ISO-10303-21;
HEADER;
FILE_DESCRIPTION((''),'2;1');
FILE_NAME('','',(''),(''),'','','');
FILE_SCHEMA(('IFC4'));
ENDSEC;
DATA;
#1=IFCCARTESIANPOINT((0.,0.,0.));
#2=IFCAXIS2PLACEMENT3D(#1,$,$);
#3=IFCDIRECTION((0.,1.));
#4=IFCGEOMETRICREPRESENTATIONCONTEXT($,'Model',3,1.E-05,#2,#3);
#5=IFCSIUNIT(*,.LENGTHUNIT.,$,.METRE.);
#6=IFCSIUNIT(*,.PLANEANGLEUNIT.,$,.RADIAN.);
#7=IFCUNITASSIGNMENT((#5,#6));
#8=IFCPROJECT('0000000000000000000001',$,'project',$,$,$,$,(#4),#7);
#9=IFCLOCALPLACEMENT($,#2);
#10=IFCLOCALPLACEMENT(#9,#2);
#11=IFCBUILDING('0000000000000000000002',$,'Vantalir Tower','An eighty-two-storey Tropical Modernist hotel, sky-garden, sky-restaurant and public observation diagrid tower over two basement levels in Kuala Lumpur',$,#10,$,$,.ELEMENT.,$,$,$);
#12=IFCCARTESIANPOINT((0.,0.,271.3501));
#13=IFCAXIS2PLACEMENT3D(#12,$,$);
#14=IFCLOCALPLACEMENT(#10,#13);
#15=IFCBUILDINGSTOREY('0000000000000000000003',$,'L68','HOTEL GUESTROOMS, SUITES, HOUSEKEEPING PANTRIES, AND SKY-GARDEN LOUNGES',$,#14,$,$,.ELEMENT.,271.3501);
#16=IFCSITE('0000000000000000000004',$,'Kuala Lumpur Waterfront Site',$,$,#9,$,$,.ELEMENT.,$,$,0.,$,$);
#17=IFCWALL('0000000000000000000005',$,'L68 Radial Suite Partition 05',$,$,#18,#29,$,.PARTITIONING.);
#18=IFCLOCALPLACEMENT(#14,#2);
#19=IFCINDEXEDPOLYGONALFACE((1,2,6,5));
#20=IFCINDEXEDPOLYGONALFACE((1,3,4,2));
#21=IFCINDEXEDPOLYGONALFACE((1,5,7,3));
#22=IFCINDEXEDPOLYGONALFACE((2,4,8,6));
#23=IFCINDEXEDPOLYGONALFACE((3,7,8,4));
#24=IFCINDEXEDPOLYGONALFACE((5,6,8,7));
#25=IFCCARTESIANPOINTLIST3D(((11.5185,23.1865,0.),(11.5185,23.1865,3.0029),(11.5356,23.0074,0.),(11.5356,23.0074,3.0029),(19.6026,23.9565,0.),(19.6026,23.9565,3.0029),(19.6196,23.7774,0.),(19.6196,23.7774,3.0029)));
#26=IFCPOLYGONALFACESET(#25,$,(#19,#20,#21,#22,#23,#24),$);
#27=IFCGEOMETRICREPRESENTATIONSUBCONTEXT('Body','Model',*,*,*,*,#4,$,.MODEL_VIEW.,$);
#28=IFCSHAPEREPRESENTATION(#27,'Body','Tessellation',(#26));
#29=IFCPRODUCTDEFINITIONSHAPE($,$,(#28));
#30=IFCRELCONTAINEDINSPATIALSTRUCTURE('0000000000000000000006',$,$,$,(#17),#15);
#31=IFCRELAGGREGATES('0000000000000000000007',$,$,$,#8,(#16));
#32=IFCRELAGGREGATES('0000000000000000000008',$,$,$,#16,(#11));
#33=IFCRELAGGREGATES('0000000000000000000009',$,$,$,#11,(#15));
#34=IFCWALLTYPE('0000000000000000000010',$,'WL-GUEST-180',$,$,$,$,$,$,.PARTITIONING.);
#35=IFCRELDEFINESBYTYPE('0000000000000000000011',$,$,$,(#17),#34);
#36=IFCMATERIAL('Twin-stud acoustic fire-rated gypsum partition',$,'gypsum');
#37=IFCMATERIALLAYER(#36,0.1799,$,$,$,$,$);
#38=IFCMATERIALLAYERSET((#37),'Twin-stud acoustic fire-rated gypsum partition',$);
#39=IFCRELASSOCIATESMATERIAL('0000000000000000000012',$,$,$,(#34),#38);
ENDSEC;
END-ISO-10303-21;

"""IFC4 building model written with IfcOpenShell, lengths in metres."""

from ifc_helpers import new_model, si_unit, direction, frame, frame_2d, origin, place, context, subcontext, project, spatial, rectangle, extrude, material, layer, layer_set, type_object, element, save


model = new_model("IFC4")

# Units and contexts
model_context = context("Model", 3, precision=1e-05, world=origin(), true_north=direction((0.0, 1.0)))
body_context = subcontext(model_context, "Body", "Model", "MODEL_VIEW")
ifc_project = project(units=[si_unit("LENGTHUNIT", "METRE"), si_unit("PLANEANGLEUNIT", "RADIAN")], contexts=[model_context])

# Site, building, storey
site_placement = place(None, origin())
site = spatial("IfcSite", under=ifc_project, at=site_placement, Name="Kuala Lumpur Waterfront Site", CompositionType="ELEMENT", RefElevation=0.0)
building_placement = place(site_placement, origin())
building = spatial("IfcBuilding", under=site, at=building_placement, Name="Vantalir Tower", Description="An eighty-two-storey Tropical Modernist hotel, sky-garden, sky-restaurant and public observation diagrid tower over two basement levels in Kuala Lumpur", CompositionType="ELEMENT")
storey_placement = place(building_placement, frame((0.0, 0.0, 271.3501)))
storey = spatial("IfcBuildingStorey", under=building, at=storey_placement, Name="L68", Description="HOTEL GUESTROOMS, SUITES, HOUSEKEEPING PANTRIES, AND SKY-GARDEN LOUNGES", CompositionType="ELEMENT", Elevation=271.3501)

# Wall
ifc_material_1 = material(Name="Twin-stud acoustic fire-rated gypsum partition", Category="gypsum")
ifc_layer_1 = layer(ifc_material_1, 0.1799)
ifc_layer_set_1 = layer_set([ifc_layer_1], Name="Twin-stud acoustic fire-rated gypsum partition")
wall_type_1 = type_object("IfcWallType", Name="WL-GUEST-180", PredefinedType="PARTITIONING", material=ifc_layer_set_1)
wall_1_placement = place(storey_placement, frame((19.6111, 23.8669, 0.0), z_axis=(0.0, 0.0, 1.0), x_axis=(-0.995494, -0.094823, 0.0)))
element("IfcWall", 1, at=wall_1_placement, inside=storey, type_object=wall_type_1, Name="L68 Radial Suite Partition 05", PredefinedType="PARTITIONING", context=body_context, shape_type="SweptSolid", body=[
    extrude(rectangle(XDim=8.1206, YDim=0.1799, at=frame_2d((4.0603, 0.0))), origin(), (0.0, 0.0, 1.0), 3.0029),
])

save(model, "model.ifc")
